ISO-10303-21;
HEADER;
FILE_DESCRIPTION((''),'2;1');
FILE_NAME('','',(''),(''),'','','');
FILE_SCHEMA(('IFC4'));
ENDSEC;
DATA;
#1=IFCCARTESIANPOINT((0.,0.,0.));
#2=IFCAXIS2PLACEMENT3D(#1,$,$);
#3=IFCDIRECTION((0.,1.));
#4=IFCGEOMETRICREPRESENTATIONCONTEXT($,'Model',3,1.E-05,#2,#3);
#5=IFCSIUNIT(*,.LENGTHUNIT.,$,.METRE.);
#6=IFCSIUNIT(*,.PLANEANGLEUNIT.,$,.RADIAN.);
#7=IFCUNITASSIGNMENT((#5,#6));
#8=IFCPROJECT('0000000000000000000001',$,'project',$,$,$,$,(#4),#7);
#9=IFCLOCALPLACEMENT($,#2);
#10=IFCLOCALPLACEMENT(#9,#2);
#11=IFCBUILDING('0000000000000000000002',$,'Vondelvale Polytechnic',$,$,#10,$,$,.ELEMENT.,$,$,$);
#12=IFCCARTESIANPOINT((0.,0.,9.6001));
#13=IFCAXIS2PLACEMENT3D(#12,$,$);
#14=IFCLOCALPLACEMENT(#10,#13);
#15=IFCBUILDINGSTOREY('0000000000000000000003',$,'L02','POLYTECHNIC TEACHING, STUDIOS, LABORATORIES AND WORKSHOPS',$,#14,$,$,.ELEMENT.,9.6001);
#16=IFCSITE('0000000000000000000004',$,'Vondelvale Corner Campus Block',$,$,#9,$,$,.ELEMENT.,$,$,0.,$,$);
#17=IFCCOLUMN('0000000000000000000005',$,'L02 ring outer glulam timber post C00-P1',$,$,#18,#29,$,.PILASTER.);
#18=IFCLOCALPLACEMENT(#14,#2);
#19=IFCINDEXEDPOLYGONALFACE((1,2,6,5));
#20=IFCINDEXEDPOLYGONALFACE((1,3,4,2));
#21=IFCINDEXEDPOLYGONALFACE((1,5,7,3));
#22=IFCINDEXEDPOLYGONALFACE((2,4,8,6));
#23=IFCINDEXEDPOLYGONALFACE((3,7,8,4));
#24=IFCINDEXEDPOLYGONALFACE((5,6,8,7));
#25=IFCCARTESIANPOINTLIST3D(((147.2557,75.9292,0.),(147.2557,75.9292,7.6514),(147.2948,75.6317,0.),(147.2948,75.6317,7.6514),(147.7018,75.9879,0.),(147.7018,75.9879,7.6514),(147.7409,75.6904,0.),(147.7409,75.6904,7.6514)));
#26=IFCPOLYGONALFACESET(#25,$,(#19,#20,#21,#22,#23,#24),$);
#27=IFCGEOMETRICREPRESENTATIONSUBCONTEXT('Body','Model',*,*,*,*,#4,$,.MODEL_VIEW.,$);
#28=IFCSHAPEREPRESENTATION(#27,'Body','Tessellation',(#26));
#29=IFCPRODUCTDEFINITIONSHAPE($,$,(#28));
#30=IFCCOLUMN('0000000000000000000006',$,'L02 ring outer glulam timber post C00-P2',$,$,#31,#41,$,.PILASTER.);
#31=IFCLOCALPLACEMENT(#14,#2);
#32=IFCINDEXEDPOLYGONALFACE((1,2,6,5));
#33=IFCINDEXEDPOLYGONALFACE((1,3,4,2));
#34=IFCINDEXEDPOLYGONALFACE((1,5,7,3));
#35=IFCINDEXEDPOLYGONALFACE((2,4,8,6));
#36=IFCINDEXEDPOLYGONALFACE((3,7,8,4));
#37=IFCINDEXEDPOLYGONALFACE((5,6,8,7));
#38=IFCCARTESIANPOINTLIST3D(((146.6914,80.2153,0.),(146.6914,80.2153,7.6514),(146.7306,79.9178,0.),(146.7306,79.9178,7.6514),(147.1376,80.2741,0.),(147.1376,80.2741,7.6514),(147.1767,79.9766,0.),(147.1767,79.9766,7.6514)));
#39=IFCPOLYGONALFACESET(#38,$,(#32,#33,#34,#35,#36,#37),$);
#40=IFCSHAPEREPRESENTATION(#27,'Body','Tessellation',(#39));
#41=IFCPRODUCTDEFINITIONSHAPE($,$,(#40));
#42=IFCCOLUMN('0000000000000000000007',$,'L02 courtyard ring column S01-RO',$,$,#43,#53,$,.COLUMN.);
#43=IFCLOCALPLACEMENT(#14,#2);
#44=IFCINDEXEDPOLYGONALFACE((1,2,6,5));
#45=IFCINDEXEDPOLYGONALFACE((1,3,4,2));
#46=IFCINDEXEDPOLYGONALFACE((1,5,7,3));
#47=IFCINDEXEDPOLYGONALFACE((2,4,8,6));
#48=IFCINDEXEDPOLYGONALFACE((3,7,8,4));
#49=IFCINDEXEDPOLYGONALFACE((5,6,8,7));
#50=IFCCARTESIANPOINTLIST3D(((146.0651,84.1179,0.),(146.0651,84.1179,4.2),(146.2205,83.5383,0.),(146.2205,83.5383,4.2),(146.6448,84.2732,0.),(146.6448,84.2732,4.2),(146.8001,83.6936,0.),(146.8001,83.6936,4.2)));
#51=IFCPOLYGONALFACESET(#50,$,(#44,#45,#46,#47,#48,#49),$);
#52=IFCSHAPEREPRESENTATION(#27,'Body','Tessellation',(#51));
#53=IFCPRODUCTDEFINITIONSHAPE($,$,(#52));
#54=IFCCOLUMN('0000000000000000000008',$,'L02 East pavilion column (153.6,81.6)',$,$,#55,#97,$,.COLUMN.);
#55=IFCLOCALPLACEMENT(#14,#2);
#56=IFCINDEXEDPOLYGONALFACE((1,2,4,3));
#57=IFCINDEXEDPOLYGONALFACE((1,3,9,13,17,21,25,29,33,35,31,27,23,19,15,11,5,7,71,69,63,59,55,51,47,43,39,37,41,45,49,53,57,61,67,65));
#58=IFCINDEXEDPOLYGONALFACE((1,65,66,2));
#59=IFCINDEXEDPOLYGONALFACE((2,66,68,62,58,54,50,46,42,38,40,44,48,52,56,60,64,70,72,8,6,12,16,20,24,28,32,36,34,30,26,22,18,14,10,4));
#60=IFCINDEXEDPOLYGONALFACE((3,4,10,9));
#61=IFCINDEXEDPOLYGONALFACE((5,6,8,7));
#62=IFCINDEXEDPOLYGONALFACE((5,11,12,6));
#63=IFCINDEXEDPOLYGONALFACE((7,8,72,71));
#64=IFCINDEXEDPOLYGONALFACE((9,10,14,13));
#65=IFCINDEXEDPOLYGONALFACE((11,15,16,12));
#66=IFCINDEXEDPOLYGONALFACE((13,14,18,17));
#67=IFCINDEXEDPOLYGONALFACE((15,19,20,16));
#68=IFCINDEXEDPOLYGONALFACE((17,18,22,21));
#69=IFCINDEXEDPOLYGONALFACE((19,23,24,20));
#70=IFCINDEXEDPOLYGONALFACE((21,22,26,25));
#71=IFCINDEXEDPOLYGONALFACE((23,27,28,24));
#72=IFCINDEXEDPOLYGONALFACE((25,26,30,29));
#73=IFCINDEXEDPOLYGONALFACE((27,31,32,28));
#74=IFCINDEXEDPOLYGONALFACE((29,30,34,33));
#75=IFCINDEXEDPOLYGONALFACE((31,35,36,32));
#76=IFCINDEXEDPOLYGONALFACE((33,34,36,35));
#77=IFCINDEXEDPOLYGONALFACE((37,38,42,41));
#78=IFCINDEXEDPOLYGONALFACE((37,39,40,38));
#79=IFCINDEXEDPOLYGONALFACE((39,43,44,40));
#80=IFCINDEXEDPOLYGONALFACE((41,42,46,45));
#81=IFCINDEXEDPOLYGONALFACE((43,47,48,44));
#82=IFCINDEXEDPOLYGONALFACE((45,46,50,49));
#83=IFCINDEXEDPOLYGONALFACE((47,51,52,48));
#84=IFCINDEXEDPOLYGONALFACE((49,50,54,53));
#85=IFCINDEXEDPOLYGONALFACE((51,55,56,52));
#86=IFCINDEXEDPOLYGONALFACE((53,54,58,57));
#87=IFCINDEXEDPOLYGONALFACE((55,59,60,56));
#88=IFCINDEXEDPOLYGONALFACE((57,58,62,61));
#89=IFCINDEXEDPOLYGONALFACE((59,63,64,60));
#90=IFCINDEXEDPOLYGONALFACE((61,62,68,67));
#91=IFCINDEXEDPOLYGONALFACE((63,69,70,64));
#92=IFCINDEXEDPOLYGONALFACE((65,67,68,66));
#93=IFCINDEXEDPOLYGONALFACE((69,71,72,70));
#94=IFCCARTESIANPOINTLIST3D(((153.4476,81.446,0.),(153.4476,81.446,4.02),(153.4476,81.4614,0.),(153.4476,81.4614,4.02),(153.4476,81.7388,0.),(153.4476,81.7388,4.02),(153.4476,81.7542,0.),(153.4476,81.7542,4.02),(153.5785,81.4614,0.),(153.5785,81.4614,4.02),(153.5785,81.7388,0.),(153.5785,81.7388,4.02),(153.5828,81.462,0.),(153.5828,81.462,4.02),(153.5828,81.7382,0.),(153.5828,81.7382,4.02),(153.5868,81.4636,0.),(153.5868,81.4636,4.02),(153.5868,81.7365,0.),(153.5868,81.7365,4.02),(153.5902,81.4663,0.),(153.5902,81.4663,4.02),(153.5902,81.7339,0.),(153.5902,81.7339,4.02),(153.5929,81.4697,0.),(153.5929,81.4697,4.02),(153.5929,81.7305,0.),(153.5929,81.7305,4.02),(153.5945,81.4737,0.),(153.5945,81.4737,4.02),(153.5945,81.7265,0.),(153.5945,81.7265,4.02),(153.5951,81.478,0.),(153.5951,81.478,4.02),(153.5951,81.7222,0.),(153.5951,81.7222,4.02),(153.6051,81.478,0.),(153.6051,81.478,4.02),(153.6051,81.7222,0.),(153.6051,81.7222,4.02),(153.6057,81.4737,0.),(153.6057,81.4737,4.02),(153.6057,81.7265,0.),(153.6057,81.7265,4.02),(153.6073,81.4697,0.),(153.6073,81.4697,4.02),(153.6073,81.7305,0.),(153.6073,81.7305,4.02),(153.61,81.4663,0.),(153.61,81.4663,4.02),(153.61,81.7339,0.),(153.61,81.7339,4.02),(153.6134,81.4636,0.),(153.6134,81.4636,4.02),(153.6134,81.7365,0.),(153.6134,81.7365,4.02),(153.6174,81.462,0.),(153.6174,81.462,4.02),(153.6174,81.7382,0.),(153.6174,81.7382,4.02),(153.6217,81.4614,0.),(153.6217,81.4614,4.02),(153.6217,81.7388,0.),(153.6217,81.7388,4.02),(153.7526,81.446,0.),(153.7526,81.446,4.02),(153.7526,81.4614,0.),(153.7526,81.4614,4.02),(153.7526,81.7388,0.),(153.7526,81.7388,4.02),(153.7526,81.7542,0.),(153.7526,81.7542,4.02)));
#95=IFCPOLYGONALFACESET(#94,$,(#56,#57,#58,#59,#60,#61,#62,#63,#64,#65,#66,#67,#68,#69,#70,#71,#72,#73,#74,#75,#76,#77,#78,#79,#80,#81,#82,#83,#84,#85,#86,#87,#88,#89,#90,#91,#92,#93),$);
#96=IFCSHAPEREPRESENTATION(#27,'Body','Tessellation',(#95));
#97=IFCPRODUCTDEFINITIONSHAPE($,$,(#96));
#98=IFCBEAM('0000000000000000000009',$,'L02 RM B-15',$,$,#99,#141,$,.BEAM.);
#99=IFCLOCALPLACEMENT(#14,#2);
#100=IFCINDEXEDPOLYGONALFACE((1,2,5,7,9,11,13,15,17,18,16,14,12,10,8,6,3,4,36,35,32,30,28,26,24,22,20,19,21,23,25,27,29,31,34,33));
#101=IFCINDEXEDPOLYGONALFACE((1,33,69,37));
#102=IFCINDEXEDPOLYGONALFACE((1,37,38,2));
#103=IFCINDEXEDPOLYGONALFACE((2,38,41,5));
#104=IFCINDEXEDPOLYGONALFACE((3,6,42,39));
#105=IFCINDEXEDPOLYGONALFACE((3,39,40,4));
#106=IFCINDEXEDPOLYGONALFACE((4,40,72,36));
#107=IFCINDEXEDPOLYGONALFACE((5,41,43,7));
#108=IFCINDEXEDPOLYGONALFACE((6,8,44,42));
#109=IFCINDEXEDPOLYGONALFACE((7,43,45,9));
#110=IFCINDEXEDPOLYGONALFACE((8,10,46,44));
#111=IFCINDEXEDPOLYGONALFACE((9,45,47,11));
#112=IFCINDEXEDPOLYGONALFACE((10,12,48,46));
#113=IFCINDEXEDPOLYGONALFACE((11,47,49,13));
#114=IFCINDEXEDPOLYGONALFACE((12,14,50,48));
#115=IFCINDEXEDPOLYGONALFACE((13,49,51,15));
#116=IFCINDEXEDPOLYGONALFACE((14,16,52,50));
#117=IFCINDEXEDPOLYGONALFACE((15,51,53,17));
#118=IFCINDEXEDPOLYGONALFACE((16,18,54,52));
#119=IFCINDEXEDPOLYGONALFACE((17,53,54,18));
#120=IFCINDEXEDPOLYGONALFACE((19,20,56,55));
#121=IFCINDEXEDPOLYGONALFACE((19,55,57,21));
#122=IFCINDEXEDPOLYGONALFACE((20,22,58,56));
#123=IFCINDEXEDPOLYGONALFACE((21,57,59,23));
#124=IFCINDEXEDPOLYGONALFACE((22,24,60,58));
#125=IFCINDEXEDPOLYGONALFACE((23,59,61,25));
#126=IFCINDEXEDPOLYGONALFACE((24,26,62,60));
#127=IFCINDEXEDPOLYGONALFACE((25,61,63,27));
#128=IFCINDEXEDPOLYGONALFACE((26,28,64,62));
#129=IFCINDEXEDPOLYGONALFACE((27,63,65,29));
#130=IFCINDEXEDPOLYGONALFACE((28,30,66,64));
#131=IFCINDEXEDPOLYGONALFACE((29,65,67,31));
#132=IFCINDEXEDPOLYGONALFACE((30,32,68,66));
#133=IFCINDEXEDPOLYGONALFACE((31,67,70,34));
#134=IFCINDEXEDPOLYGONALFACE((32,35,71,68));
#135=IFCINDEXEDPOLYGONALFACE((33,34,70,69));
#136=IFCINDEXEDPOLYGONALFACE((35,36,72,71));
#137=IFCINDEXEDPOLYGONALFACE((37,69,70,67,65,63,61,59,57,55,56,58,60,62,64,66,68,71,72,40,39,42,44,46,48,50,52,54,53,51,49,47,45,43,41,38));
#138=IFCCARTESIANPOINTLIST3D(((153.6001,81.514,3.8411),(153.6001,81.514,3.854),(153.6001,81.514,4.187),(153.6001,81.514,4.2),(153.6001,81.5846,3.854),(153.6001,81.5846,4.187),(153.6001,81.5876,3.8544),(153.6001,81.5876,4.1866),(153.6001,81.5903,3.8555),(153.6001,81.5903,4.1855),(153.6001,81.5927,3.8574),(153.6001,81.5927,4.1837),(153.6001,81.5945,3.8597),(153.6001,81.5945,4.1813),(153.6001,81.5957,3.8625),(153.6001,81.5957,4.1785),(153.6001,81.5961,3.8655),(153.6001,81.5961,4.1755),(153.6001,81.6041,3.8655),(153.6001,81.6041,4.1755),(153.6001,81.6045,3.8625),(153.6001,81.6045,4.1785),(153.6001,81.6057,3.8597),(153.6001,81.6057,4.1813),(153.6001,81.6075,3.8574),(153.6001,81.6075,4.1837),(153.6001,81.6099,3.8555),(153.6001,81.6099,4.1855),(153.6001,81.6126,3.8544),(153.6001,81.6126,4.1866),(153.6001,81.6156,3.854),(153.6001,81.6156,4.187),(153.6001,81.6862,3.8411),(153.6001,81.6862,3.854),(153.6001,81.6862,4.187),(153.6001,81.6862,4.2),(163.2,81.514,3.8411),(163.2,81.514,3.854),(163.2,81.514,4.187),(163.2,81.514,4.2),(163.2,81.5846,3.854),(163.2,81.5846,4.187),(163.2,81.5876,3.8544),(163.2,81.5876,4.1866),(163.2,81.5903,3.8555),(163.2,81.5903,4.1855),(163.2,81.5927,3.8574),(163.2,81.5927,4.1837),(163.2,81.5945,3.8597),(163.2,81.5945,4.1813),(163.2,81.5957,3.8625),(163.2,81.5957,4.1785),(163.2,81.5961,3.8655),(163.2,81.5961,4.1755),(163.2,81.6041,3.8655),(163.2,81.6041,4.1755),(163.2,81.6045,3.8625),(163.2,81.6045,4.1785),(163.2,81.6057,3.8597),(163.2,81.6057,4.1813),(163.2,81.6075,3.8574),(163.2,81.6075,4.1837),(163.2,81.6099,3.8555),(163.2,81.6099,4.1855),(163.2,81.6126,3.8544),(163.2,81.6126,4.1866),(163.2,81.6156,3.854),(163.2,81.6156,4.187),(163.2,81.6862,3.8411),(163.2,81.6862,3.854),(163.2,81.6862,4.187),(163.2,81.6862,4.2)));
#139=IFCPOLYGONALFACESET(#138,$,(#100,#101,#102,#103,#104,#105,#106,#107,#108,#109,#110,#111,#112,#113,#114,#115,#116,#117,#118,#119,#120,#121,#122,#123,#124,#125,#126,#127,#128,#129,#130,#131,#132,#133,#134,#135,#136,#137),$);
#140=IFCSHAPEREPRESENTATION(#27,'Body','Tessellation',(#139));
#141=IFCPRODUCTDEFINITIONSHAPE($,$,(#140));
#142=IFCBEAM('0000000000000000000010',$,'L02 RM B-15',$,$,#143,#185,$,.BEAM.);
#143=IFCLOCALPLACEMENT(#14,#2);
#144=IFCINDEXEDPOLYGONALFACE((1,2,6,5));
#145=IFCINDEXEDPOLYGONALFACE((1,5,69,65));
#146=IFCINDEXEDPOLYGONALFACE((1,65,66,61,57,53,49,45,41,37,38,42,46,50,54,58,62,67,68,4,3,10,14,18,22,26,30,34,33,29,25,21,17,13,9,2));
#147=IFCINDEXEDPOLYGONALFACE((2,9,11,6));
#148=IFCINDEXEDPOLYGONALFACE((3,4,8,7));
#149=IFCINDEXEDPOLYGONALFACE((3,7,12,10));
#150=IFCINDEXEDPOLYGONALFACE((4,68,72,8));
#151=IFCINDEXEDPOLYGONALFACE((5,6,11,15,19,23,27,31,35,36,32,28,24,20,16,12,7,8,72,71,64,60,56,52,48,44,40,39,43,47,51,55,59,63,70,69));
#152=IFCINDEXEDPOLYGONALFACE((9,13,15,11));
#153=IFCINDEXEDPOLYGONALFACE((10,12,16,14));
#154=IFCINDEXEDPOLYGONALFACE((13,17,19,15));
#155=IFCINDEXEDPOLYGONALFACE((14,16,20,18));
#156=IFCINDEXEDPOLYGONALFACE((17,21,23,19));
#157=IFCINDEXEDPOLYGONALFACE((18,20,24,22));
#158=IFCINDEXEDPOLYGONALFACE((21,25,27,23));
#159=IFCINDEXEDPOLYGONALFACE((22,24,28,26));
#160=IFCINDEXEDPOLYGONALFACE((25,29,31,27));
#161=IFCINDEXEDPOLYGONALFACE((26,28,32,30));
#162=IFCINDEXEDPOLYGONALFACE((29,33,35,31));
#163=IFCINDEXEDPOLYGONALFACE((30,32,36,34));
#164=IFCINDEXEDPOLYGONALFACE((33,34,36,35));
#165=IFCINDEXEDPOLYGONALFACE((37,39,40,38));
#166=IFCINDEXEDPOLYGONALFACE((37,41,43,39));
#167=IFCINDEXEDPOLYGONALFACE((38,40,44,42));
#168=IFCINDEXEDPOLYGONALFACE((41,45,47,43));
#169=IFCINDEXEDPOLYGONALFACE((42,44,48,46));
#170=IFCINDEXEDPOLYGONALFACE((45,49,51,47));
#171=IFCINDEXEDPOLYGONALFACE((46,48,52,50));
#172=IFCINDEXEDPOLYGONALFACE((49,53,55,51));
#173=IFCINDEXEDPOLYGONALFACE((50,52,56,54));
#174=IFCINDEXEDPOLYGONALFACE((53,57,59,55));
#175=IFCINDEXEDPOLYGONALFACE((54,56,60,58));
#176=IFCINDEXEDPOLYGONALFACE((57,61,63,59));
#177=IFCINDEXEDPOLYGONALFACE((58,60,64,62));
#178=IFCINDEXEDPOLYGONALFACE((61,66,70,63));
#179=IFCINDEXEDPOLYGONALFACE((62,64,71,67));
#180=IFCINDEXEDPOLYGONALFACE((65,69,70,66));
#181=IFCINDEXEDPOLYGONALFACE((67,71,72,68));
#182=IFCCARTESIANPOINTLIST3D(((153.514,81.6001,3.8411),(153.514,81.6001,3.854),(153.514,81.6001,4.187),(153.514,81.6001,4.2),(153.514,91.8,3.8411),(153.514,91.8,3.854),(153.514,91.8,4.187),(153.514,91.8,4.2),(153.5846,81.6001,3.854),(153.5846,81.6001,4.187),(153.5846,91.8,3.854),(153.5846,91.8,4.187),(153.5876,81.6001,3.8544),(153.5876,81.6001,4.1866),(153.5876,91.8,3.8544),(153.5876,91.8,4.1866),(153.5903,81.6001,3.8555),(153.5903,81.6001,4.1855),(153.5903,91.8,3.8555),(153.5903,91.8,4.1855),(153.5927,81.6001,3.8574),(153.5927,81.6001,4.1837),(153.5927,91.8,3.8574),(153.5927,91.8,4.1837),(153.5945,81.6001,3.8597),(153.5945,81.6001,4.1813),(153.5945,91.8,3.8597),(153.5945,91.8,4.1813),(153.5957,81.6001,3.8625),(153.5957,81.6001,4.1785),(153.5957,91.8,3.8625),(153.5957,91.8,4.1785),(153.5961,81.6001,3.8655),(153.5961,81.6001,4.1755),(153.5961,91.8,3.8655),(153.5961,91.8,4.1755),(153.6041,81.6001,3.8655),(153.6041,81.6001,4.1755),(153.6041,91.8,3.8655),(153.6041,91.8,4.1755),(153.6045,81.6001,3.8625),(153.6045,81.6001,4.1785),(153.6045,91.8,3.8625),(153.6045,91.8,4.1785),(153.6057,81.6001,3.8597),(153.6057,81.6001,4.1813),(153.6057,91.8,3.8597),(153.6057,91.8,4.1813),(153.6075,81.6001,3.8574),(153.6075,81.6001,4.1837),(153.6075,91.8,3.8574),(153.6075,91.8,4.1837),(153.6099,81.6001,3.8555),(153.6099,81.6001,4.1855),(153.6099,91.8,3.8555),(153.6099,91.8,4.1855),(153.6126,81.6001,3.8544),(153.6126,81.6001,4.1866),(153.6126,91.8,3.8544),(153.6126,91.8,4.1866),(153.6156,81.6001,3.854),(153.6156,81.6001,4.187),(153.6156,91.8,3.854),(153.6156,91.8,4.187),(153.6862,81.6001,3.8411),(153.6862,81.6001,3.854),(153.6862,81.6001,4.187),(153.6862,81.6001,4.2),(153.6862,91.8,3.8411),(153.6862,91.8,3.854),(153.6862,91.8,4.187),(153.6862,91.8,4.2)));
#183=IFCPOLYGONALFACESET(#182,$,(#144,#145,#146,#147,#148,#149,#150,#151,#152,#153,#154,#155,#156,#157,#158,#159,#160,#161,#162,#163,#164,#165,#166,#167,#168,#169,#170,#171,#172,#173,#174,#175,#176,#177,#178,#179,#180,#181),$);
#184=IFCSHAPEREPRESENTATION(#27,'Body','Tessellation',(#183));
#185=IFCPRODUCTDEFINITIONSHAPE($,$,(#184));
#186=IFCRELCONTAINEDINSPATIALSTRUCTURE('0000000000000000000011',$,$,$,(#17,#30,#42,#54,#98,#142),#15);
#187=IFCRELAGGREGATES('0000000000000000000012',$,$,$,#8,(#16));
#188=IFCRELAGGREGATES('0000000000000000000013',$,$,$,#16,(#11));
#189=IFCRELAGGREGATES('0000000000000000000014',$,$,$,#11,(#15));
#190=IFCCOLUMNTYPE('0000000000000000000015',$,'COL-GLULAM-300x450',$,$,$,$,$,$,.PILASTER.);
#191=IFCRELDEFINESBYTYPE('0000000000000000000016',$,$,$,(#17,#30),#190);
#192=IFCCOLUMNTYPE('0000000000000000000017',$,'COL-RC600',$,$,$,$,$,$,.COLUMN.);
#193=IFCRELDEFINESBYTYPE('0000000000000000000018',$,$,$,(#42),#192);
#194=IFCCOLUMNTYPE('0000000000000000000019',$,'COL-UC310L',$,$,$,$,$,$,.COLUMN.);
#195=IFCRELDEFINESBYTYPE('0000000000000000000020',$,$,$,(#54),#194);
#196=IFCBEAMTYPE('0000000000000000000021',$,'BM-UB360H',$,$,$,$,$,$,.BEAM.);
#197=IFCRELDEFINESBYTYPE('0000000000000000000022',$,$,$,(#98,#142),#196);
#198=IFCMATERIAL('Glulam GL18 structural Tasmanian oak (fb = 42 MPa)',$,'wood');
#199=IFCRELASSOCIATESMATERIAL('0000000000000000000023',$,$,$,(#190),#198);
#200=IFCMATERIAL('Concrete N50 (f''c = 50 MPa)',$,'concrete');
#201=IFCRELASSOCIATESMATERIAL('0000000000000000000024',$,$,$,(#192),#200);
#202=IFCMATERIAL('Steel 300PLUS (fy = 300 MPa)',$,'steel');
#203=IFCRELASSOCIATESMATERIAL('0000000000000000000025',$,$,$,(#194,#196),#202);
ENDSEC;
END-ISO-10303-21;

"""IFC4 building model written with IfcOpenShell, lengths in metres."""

from ifc_helpers import new_model, si_unit, direction, frame, origin, origin_2d, place, context, subcontext, project, spatial, rectangle, i_section, extrude, material, material_profile, profile_set, type_object, element, save


model = new_model("IFC4")

# Units and contexts
model_context = context("Model", 3, precision=1e-05, world=origin(), true_north=direction((0.0, 1.0)))
body_context = subcontext(model_context, "Body", "Model", "MODEL_VIEW")
ifc_project = project(units=[si_unit("LENGTHUNIT", "METRE"), si_unit("PLANEANGLEUNIT", "RADIAN")], contexts=[model_context])

# Site, building, storey
site_placement = place(None, origin())
site = spatial("IfcSite", under=ifc_project, at=site_placement, Name="Vondelvale Corner Campus Block", CompositionType="ELEMENT", RefElevation=0.0)
building_placement = place(site_placement, origin())
building = spatial("IfcBuilding", under=site, at=building_placement, Name="Vondelvale Polytechnic", CompositionType="ELEMENT")
storey_placement = place(building_placement, frame((0.0, 0.0, 9.6001)))
storey = spatial("IfcBuildingStorey", under=building, at=storey_placement, Name="L02", Description="POLYTECHNIC TEACHING, STUDIOS, LABORATORIES AND WORKSHOPS", CompositionType="ELEMENT", Elevation=9.6001)

# Columns
ifc_material_1 = material(Name="Glulam GL18 structural Tasmanian oak (fb = 42 MPa)", Category="wood")
ifc_material_profile_1 = material_profile(ifc_material_1, rectangle(XDim=0.3, YDim=0.45, at=origin_2d()), Name="GL-POST-300x450")
ifc_profile_set_1 = profile_set([ifc_material_profile_1], Name="Glulam GL18 structural Tasmanian oak (fb = 42 MPa)")
column_type_1 = type_object("IfcColumnType", Name="COL-GLULAM-300x450", PredefinedType="PILASTER", material=ifc_profile_set_1)
for number, where, z_axis, x_axis, name in (
    (1, (147.4983, 75.8098, 0.0), (0.0, 0.0, 1.0), (-0.130526, 0.991445, 0.0), "L02 ring outer glulam timber post C00-P1"),
    (2, (146.9341, 80.0959, 0.0), (0.0, 0.0, 1.0), (-0.130526, 0.991445, 0.0), "L02 ring outer glulam timber post C00-P2"),
):
    element("IfcColumn", number, at=place(storey_placement, frame(where, z_axis=z_axis, x_axis=x_axis)), inside=storey, type_object=column_type_1, Name=name, PredefinedType="PILASTER", context=body_context, shape_type="SweptSolid", body=[
        extrude(rectangle(XDim=0.3, YDim=0.45, at=origin_2d()), origin(), (0.0, 0.0, 1.0), 7.6514),
    ])
ifc_material_2 = material(Name="Concrete N50 (f'c = 50 MPa)", Category="concrete")
ifc_material_profile_2 = material_profile(ifc_material_2, rectangle(XDim=0.6001, YDim=0.6001, at=origin_2d()), Name="RC-COL-600x600")
ifc_profile_set_2 = profile_set([ifc_material_profile_2], Name="Concrete N50 (f'c = 50 MPa)")
column_type_2 = type_object("IfcColumnType", Name="COL-RC600", PredefinedType="COLUMN", material=ifc_profile_set_2)
column_1_placement = place(storey_placement, frame((146.4326, 83.9058, 0.0), z_axis=(0.0, 0.0, 1.0), x_axis=(0.965926, 0.258819, 0.0)))
element("IfcColumn", 3, at=column_1_placement, inside=storey, type_object=column_type_2, Name="L02 courtyard ring column S01-RO", PredefinedType="COLUMN", context=body_context, shape_type="SweptSolid", body=[
    extrude(rectangle(XDim=0.6001, YDim=0.6001, at=origin_2d()), origin(), (0.0, 0.0, 1.0), 4.2),
])
ifc_material_3 = material(Name="Steel 300PLUS (fy = 300 MPa)", Category="steel")
ifc_material_profile_3 = material_profile(ifc_material_3, i_section(OverallWidth=0.3049, OverallDepth=0.3081, WebThickness=0.01, FlangeThickness=0.0154, FilletRadius=0.0166, at=origin_2d()), Name="310UC96.8")
ifc_profile_set_3 = profile_set([ifc_material_profile_3], Name="Steel 300PLUS (fy = 300 MPa)")
column_type_3 = type_object("IfcColumnType", Name="COL-UC310L", PredefinedType="COLUMN", material=ifc_profile_set_3)
column_2_placement = place(storey_placement, frame((153.6001, 81.6001, 0.0), z_axis=(0.0, 0.0, 1.0), x_axis=(1.0, 0.0, 0.0)))
element("IfcColumn", 4, at=column_2_placement, inside=storey, type_object=column_type_3, Name="L02 East pavilion column (153.6,81.6)", PredefinedType="COLUMN", context=body_context, shape_type="SweptSolid", body=[
    extrude(i_section(OverallWidth=0.3049, OverallDepth=0.3081, WebThickness=0.01, FlangeThickness=0.0154, FilletRadius=0.0166, at=origin_2d()), origin(), (0.0, 0.0, 1.0), 4.02),
])

# Beams
ifc_material_profile_4 = material_profile(ifc_material_3, i_section(OverallWidth=0.1721, OverallDepth=0.3589, WebThickness=0.0081, FlangeThickness=0.0129, FilletRadius=0.0115, at=origin_2d()), Name="360UB56.7")
ifc_profile_set_4 = profile_set([ifc_material_profile_4], Name="Steel 300PLUS (fy = 300 MPa)")
beam_type_1 = type_object("IfcBeamType", Name="BM-UB360H", PredefinedType="BEAM", material=ifc_profile_set_4)
beam_1_placement = place(storey_placement, frame((153.6001, 81.6001, 4.0205), z_axis=(1.0, 0.0, 0.0), x_axis=(0.0, 1.0, 0.0)))
element("IfcBeam", 5, at=beam_1_placement, inside=storey, type_object=beam_type_1, Name="L02 RM B-15", PredefinedType="BEAM", context=body_context, shape_type="SweptSolid", body=[
    extrude(i_section(OverallWidth=0.1721, OverallDepth=0.3589, WebThickness=0.0081, FlangeThickness=0.0129, FilletRadius=0.0115, at=origin_2d()), origin(), (0.0, 0.0, 1.0), 9.5999),
])
beam_2_placement = place(storey_placement, frame((153.6001, 81.6001, 4.0205), z_axis=(0.0, 1.0, 0.0), x_axis=(-1.0, 0.0, 0.0)))
element("IfcBeam", 6, at=beam_2_placement, inside=storey, type_object=beam_type_1, Name="L02 RM B-15", PredefinedType="BEAM", context=body_context, shape_type="SweptSolid", body=[
    extrude(i_section(OverallWidth=0.1721, OverallDepth=0.3589, WebThickness=0.0081, FlangeThickness=0.0129, FilletRadius=0.0115, at=origin_2d()), origin(), (0.0, 0.0, 1.0), 10.2),
])

save(model, "model.ifc")
